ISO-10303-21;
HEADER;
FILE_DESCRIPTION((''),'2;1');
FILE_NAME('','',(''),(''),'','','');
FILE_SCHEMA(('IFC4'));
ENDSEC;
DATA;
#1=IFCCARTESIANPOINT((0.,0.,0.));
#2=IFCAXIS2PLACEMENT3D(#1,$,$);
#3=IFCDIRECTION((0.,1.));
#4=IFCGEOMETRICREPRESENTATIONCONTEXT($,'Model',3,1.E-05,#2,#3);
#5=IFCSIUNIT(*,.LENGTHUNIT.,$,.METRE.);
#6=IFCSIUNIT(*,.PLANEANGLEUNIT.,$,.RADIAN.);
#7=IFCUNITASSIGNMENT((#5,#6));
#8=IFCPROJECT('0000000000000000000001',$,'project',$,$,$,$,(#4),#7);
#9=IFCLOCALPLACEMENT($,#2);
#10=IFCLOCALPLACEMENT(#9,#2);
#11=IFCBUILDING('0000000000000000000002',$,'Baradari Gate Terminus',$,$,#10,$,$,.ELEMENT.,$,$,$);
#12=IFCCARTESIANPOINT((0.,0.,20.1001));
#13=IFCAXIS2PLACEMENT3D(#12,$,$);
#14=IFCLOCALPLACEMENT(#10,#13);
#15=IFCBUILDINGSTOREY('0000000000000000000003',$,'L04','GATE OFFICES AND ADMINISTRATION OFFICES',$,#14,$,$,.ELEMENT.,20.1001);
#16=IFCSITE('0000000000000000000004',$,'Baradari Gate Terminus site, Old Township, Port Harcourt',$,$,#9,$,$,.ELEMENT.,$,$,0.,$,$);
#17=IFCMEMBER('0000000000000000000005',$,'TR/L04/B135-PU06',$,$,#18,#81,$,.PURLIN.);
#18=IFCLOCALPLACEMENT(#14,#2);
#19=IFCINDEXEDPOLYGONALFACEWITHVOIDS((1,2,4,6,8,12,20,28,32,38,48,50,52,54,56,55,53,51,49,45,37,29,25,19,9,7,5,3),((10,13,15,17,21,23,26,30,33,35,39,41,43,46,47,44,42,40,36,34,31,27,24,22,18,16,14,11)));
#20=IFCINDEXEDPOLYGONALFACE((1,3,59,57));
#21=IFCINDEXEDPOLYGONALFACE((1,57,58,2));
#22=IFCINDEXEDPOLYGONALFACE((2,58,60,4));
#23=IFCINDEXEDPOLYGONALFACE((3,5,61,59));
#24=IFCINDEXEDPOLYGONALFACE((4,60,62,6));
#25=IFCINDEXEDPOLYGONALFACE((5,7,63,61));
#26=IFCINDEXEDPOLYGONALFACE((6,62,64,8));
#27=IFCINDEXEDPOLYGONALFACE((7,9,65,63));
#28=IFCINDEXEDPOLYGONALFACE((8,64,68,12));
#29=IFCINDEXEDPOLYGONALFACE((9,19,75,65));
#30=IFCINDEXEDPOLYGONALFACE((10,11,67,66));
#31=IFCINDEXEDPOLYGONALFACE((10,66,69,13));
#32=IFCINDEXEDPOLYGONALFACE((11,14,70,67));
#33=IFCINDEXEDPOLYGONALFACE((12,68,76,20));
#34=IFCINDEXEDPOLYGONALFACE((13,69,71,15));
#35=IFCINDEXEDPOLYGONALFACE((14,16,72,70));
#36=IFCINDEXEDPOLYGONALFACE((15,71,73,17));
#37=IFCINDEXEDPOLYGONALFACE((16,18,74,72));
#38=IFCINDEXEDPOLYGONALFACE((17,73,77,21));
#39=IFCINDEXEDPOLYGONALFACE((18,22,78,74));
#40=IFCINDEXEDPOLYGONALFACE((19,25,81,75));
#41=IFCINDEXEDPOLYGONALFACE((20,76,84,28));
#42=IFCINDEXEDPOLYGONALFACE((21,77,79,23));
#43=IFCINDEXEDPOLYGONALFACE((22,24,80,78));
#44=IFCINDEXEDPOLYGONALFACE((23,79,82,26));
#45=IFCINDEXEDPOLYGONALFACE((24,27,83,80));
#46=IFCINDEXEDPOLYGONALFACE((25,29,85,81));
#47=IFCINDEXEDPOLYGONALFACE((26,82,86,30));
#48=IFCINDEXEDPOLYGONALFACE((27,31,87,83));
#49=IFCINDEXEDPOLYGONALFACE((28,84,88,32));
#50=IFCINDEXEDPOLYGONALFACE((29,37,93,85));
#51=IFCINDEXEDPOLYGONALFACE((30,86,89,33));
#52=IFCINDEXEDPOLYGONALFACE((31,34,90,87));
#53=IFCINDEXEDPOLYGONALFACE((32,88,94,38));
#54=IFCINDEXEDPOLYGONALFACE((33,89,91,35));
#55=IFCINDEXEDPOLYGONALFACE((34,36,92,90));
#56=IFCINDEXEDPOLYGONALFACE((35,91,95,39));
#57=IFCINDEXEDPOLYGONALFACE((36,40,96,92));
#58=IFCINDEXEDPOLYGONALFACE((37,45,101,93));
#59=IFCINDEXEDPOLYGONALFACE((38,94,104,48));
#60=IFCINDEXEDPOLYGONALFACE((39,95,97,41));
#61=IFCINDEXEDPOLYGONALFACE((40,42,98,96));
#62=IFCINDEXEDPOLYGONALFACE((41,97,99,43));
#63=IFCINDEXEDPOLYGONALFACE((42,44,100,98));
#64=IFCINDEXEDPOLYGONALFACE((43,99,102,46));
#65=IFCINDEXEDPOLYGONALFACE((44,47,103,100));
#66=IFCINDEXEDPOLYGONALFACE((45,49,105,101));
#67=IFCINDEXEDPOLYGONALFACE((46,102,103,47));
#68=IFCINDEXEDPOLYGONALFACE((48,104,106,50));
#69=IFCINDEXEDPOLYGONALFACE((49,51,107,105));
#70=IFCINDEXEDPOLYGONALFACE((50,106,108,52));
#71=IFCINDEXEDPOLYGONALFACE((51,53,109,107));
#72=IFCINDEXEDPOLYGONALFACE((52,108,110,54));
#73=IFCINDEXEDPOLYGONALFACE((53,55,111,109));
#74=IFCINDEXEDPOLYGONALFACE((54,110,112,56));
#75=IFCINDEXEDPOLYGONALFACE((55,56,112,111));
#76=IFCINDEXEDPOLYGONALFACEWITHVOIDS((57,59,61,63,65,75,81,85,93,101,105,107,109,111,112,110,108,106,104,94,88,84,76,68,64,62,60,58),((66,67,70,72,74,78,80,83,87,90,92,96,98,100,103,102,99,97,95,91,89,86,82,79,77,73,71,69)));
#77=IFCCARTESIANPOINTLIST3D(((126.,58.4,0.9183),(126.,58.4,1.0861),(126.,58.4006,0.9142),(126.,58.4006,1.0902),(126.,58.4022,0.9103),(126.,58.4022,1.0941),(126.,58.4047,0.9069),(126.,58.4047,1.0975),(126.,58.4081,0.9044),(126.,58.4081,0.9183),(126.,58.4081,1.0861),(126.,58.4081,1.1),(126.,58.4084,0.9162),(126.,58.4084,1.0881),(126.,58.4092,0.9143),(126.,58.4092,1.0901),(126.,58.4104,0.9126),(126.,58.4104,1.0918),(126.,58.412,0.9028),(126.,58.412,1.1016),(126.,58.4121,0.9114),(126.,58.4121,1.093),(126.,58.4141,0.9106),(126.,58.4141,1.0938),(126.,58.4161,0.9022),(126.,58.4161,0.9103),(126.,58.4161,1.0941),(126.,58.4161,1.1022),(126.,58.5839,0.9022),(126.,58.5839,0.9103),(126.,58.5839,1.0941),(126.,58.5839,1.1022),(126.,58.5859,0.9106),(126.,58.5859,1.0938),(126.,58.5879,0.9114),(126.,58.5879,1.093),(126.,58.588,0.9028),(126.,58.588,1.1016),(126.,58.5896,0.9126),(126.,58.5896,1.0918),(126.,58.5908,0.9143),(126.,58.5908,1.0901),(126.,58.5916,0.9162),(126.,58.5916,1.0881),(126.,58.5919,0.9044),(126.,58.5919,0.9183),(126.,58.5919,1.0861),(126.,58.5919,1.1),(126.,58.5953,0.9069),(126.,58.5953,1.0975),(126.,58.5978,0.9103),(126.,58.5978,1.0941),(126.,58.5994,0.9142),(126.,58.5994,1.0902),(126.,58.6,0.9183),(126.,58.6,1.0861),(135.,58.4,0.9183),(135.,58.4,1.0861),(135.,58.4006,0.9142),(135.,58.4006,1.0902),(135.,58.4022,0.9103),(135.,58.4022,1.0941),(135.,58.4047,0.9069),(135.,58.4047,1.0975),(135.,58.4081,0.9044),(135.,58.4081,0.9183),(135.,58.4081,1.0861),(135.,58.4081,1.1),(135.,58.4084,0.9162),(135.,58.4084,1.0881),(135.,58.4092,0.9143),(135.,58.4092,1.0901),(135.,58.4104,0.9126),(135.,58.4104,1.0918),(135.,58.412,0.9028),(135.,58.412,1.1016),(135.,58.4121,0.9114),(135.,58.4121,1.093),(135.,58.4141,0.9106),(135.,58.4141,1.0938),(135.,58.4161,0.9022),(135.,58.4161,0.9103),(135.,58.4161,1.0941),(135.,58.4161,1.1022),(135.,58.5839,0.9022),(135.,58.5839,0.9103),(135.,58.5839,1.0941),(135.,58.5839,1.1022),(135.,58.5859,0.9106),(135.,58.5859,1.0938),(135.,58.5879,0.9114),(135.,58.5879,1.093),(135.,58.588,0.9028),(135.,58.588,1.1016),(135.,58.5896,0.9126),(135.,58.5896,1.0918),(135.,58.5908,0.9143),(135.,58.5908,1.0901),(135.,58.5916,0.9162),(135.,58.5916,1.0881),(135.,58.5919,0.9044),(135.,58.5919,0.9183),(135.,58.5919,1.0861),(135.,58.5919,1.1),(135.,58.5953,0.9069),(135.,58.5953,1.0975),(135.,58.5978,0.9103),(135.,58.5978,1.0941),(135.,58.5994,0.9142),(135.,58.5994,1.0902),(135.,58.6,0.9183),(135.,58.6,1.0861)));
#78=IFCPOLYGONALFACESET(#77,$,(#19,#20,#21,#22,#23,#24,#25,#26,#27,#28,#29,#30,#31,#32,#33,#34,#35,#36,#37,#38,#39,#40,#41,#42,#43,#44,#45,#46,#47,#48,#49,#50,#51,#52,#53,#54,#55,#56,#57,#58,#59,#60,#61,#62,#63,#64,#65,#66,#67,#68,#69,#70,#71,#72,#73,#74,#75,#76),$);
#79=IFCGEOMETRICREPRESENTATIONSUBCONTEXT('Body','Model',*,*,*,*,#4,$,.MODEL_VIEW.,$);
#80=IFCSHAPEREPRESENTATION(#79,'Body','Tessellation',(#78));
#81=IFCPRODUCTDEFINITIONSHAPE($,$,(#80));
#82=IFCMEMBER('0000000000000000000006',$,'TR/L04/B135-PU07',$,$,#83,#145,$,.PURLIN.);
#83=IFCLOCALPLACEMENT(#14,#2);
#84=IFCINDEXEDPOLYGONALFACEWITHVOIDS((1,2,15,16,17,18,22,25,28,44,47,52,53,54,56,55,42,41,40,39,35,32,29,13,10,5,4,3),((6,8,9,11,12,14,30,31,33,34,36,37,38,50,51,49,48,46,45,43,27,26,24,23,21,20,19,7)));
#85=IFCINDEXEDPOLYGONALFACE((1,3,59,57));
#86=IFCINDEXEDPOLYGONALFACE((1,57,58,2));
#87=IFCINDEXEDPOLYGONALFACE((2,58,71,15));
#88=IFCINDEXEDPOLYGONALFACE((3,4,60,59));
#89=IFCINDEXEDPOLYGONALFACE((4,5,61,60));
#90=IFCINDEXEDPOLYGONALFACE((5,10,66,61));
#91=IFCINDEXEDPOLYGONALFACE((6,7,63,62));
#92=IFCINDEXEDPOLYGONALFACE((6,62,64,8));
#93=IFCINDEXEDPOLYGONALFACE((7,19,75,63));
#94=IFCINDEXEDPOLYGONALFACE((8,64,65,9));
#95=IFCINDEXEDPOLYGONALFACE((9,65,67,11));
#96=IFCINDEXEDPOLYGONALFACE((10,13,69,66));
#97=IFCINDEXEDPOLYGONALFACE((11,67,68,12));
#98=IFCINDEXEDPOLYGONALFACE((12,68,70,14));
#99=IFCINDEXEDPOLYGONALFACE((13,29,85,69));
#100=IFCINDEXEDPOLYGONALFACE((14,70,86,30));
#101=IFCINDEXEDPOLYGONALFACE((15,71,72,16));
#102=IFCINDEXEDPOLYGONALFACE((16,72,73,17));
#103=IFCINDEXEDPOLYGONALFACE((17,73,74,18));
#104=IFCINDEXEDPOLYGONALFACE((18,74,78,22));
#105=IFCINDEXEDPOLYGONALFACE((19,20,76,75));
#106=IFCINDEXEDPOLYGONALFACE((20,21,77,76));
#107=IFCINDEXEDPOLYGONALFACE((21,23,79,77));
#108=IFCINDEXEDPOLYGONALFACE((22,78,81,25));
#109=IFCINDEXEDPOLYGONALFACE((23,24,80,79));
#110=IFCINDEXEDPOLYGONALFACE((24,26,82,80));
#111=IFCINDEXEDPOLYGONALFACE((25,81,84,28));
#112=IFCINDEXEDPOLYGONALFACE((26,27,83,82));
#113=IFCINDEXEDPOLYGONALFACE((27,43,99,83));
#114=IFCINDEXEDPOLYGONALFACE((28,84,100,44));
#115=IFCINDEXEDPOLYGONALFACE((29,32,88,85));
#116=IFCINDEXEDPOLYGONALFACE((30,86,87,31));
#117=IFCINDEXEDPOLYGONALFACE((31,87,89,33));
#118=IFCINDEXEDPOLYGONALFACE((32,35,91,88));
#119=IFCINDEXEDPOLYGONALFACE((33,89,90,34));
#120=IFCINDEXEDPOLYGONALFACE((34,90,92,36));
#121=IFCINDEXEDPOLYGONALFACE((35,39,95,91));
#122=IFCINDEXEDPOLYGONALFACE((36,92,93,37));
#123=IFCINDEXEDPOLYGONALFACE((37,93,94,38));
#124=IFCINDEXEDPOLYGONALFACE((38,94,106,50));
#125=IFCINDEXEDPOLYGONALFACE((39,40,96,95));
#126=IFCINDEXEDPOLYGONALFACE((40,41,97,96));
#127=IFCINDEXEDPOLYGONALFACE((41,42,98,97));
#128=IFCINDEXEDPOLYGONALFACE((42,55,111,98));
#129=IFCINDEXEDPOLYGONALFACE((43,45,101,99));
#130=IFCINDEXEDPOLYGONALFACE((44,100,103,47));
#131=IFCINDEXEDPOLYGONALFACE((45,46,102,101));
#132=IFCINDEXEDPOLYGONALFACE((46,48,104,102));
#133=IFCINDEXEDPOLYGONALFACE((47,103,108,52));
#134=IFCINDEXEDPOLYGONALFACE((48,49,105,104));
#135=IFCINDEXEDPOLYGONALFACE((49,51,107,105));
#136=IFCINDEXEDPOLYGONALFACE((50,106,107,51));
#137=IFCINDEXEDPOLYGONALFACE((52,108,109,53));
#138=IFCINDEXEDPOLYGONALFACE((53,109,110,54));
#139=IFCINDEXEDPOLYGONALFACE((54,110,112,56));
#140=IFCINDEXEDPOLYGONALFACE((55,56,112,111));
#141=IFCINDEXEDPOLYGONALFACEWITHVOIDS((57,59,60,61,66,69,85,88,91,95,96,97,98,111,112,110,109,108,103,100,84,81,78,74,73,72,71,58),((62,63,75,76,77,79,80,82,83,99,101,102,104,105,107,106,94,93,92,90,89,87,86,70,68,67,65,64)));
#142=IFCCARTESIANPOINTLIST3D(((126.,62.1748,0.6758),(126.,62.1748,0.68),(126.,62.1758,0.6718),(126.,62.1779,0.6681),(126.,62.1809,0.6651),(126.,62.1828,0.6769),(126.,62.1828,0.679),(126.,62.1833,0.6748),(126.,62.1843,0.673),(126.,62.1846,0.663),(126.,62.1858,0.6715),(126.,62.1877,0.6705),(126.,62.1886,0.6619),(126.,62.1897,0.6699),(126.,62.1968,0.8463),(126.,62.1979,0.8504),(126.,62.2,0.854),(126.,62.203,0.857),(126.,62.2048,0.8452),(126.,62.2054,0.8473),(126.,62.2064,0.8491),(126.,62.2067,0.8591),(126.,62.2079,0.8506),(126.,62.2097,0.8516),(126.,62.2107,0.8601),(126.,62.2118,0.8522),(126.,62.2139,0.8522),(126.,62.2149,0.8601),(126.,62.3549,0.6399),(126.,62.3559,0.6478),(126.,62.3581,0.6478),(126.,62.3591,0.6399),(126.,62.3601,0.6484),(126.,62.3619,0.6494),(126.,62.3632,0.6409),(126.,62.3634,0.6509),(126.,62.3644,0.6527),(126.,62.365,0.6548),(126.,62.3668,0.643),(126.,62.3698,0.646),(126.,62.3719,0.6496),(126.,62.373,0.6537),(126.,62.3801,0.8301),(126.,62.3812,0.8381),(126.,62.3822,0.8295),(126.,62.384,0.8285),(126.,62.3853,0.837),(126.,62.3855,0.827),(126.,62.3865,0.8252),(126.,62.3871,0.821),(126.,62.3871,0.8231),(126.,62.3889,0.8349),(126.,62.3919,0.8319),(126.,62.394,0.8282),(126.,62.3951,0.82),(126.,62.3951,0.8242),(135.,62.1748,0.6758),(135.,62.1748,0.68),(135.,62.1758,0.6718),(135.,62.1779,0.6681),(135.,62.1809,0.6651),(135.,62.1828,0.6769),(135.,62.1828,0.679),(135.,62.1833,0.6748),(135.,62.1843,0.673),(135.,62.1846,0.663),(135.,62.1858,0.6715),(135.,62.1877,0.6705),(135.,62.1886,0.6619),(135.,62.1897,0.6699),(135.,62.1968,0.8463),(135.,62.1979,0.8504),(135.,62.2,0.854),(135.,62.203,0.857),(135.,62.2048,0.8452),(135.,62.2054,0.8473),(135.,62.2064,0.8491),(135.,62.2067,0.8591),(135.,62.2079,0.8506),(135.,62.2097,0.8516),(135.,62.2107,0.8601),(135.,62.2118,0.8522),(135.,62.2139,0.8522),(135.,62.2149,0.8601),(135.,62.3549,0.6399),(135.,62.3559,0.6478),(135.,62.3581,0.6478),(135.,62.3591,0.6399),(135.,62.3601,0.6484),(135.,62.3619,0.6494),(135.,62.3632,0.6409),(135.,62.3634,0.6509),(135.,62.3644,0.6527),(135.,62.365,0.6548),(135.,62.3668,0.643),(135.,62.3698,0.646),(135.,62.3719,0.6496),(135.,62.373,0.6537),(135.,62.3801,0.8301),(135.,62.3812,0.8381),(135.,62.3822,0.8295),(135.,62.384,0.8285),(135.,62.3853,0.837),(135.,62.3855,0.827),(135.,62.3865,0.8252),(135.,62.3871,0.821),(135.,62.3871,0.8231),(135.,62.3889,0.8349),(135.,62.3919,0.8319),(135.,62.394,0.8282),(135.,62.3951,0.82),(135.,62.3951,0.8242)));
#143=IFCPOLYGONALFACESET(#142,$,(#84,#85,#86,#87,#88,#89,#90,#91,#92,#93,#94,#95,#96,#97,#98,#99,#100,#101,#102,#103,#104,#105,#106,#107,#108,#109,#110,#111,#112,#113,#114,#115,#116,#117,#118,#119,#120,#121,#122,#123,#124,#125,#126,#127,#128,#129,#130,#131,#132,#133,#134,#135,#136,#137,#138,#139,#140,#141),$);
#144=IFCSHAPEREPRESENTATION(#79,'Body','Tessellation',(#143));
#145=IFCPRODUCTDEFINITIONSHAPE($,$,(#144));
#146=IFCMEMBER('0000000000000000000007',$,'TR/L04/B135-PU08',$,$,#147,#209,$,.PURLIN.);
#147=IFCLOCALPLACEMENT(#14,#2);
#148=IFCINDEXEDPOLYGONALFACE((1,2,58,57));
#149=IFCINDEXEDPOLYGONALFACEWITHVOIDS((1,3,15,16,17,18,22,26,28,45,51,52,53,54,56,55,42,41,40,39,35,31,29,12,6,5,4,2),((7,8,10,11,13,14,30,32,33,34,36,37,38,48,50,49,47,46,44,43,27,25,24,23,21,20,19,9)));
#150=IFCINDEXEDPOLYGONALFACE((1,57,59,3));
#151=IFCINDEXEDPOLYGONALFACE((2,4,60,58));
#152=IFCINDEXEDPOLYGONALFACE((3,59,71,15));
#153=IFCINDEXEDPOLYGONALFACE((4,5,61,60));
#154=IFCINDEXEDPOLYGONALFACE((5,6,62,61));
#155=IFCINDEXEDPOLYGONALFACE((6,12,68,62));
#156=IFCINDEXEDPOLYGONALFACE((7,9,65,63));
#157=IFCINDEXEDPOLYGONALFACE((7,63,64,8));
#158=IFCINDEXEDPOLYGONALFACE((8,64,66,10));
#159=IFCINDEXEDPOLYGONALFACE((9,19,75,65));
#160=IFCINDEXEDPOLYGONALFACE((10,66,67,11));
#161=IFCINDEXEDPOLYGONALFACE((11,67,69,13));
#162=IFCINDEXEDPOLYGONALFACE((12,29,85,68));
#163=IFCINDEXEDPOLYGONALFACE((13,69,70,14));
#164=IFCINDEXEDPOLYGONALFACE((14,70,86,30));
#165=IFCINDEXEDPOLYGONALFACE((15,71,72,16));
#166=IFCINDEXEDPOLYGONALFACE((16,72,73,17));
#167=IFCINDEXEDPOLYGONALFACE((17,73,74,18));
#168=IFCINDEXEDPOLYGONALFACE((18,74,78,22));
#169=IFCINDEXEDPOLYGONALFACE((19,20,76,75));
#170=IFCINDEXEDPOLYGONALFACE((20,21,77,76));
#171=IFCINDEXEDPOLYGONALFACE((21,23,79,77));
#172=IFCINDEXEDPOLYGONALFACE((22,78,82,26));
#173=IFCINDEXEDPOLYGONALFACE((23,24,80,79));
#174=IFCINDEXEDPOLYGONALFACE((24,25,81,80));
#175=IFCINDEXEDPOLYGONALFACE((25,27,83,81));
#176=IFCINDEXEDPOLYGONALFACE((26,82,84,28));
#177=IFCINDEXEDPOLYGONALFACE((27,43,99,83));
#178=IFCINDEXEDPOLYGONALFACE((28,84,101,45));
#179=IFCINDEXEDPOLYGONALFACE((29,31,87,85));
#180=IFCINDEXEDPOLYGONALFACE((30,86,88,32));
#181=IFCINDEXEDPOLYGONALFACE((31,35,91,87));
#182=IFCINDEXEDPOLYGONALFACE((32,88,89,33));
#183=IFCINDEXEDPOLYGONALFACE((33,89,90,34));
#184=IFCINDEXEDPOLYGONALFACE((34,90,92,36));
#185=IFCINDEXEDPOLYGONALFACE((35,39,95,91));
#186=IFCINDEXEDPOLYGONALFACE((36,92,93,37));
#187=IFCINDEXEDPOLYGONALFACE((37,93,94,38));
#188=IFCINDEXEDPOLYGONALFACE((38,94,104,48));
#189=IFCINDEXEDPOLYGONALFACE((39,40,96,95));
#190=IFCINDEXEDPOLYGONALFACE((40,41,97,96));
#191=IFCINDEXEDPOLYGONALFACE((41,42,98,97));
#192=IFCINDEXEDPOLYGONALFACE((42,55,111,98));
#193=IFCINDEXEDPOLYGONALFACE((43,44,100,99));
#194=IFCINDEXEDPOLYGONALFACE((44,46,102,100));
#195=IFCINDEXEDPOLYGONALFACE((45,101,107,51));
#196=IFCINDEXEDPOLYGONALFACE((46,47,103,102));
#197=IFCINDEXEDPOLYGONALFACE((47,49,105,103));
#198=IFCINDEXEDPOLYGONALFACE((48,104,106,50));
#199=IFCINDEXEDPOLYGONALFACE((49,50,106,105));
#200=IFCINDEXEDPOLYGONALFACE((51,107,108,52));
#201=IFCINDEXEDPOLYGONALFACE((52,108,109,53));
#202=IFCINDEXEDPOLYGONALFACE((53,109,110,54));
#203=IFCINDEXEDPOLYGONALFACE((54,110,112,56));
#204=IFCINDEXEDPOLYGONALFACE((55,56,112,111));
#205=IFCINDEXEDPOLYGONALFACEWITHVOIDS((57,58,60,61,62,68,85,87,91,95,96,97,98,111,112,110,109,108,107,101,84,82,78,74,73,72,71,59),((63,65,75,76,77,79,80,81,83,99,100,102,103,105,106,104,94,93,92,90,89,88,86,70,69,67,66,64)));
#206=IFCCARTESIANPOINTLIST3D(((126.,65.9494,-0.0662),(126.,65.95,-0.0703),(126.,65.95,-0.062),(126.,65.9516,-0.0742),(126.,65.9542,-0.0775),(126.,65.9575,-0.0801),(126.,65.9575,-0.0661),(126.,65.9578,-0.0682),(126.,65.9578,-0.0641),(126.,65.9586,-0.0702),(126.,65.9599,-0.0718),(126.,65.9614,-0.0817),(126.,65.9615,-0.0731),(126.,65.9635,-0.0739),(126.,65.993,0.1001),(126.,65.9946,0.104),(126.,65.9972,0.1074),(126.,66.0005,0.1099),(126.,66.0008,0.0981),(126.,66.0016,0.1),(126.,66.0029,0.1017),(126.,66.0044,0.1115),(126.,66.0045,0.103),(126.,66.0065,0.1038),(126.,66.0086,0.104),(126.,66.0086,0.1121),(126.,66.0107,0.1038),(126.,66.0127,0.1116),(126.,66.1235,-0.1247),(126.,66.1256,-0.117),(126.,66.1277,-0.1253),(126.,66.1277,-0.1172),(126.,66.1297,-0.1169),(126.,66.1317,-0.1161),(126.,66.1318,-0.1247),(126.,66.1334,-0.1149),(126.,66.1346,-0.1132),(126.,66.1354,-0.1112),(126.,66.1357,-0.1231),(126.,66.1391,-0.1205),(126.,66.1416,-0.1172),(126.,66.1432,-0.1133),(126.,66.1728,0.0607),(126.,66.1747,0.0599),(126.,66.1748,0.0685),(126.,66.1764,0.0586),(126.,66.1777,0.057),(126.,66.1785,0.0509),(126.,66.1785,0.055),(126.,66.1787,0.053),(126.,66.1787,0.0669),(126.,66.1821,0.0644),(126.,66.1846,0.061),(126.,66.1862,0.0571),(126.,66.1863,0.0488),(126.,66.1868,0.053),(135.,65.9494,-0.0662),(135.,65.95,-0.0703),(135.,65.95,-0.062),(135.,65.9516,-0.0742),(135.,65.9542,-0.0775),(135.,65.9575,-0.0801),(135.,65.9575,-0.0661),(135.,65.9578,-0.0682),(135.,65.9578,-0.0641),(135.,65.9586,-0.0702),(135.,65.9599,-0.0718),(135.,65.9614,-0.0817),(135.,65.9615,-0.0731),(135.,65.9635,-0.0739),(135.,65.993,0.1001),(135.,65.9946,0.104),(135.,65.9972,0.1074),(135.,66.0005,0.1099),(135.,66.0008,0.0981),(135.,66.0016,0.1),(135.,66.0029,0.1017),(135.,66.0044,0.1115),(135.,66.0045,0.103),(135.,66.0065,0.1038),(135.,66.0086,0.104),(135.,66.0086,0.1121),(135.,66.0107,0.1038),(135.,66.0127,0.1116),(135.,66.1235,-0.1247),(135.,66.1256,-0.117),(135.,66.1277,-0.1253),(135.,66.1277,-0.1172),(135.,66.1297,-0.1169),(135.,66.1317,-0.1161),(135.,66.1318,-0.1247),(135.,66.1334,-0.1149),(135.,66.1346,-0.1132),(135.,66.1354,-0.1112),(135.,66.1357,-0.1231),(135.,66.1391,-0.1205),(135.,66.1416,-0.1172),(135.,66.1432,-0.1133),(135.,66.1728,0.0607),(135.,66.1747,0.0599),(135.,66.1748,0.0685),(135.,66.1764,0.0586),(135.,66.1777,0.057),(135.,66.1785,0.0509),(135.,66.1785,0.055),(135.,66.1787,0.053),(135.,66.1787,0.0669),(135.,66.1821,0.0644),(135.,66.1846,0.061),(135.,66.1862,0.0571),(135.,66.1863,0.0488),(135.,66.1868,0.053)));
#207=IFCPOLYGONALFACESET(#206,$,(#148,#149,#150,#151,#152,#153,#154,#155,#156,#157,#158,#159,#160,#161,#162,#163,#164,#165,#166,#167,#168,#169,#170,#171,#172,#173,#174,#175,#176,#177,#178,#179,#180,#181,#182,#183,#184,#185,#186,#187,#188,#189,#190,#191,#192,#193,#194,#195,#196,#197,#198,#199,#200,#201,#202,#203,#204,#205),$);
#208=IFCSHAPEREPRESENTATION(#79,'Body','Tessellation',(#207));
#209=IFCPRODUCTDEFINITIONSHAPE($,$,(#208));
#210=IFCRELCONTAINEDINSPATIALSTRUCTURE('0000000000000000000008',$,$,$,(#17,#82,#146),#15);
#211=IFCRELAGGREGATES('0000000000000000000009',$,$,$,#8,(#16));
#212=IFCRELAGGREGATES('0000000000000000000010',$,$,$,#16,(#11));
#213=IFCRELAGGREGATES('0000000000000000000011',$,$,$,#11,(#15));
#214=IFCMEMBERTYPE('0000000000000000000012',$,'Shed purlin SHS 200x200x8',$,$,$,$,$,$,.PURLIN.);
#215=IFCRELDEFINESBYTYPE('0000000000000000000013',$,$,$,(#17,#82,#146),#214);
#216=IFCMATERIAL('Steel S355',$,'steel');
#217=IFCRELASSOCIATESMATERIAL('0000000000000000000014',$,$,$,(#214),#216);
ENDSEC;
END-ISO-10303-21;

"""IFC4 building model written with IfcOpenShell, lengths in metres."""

from ifc_helpers import new_model, si_unit, direction, frame, origin, origin_2d, place, context, subcontext, project, spatial, hollow_rectangle, extrude, material, material_profile, profile_set, type_object, element, save


model = new_model("IFC4")

# Units and contexts
model_context = context("Model", 3, precision=1e-05, world=origin(), true_north=direction((0.0, 1.0)))
body_context = subcontext(model_context, "Body", "Model", "MODEL_VIEW")
ifc_project = project(units=[si_unit("LENGTHUNIT", "METRE"), si_unit("PLANEANGLEUNIT", "RADIAN")], contexts=[model_context])

# Site, building, storey
site_placement = place(None, origin())
site = spatial("IfcSite", under=ifc_project, at=site_placement, Name="Baradari Gate Terminus site, Old Township, Port Harcourt", CompositionType="ELEMENT", RefElevation=0.0)
building_placement = place(site_placement, origin())
building = spatial("IfcBuilding", under=site, at=building_placement, Name="Baradari Gate Terminus", CompositionType="ELEMENT")
storey_placement = place(building_placement, frame((0.0, 0.0, 20.1001)))
storey = spatial("IfcBuildingStorey", under=building, at=storey_placement, Name="L04", Description="GATE OFFICES AND ADMINISTRATION OFFICES", CompositionType="ELEMENT", Elevation=20.1001)

# Members
ifc_material_1 = material(Name="Steel S355", Category="steel")
ifc_material_profile_1 = material_profile(ifc_material_1, hollow_rectangle(XDim=0.2, YDim=0.2, WallThickness=0.0081, InnerFilletRadius=0.0081, OuterFilletRadius=0.0161, at=origin_2d()), Name="SHS 200x200x8")
ifc_profile_set_1 = profile_set([ifc_material_profile_1], Name="Steel S355")
member_type_1 = type_object("IfcMemberType", Name="Shed purlin SHS 200x200x8", PredefinedType="PURLIN", material=ifc_profile_set_1)
for number, where, z_axis, x_axis, name in (
    (1, (126.0, 58.5, 1.0022), (1.0, 0.0, 0.0), (0.0, 1.0, 0.0), "TR/L04/B135-PU06"),
    (2, (126.0, 62.2849, 0.75), (1.0, 0.0, 0.0), (0.0, 0.991303, -0.131599), "TR/L04/B135-PU07"),
    (3, (126.0, 66.0681, -0.0066), (1.0, 0.0, 0.0), (0.0, 0.9665, -0.256668), "TR/L04/B135-PU08"),
):
    element("IfcMember", number, at=place(storey_placement, frame(where, z_axis=z_axis, x_axis=x_axis)), inside=storey, type_object=member_type_1, Name=name, PredefinedType="PURLIN", context=body_context, shape_type="SweptSolid", body=[
        extrude(hollow_rectangle(XDim=0.2, YDim=0.2, WallThickness=0.0081, InnerFilletRadius=0.0081, OuterFilletRadius=0.0161, at=origin_2d()), origin(), (0.0, 0.0, 1.0), 9.0),
    ])

save(model, "model.ifc")
